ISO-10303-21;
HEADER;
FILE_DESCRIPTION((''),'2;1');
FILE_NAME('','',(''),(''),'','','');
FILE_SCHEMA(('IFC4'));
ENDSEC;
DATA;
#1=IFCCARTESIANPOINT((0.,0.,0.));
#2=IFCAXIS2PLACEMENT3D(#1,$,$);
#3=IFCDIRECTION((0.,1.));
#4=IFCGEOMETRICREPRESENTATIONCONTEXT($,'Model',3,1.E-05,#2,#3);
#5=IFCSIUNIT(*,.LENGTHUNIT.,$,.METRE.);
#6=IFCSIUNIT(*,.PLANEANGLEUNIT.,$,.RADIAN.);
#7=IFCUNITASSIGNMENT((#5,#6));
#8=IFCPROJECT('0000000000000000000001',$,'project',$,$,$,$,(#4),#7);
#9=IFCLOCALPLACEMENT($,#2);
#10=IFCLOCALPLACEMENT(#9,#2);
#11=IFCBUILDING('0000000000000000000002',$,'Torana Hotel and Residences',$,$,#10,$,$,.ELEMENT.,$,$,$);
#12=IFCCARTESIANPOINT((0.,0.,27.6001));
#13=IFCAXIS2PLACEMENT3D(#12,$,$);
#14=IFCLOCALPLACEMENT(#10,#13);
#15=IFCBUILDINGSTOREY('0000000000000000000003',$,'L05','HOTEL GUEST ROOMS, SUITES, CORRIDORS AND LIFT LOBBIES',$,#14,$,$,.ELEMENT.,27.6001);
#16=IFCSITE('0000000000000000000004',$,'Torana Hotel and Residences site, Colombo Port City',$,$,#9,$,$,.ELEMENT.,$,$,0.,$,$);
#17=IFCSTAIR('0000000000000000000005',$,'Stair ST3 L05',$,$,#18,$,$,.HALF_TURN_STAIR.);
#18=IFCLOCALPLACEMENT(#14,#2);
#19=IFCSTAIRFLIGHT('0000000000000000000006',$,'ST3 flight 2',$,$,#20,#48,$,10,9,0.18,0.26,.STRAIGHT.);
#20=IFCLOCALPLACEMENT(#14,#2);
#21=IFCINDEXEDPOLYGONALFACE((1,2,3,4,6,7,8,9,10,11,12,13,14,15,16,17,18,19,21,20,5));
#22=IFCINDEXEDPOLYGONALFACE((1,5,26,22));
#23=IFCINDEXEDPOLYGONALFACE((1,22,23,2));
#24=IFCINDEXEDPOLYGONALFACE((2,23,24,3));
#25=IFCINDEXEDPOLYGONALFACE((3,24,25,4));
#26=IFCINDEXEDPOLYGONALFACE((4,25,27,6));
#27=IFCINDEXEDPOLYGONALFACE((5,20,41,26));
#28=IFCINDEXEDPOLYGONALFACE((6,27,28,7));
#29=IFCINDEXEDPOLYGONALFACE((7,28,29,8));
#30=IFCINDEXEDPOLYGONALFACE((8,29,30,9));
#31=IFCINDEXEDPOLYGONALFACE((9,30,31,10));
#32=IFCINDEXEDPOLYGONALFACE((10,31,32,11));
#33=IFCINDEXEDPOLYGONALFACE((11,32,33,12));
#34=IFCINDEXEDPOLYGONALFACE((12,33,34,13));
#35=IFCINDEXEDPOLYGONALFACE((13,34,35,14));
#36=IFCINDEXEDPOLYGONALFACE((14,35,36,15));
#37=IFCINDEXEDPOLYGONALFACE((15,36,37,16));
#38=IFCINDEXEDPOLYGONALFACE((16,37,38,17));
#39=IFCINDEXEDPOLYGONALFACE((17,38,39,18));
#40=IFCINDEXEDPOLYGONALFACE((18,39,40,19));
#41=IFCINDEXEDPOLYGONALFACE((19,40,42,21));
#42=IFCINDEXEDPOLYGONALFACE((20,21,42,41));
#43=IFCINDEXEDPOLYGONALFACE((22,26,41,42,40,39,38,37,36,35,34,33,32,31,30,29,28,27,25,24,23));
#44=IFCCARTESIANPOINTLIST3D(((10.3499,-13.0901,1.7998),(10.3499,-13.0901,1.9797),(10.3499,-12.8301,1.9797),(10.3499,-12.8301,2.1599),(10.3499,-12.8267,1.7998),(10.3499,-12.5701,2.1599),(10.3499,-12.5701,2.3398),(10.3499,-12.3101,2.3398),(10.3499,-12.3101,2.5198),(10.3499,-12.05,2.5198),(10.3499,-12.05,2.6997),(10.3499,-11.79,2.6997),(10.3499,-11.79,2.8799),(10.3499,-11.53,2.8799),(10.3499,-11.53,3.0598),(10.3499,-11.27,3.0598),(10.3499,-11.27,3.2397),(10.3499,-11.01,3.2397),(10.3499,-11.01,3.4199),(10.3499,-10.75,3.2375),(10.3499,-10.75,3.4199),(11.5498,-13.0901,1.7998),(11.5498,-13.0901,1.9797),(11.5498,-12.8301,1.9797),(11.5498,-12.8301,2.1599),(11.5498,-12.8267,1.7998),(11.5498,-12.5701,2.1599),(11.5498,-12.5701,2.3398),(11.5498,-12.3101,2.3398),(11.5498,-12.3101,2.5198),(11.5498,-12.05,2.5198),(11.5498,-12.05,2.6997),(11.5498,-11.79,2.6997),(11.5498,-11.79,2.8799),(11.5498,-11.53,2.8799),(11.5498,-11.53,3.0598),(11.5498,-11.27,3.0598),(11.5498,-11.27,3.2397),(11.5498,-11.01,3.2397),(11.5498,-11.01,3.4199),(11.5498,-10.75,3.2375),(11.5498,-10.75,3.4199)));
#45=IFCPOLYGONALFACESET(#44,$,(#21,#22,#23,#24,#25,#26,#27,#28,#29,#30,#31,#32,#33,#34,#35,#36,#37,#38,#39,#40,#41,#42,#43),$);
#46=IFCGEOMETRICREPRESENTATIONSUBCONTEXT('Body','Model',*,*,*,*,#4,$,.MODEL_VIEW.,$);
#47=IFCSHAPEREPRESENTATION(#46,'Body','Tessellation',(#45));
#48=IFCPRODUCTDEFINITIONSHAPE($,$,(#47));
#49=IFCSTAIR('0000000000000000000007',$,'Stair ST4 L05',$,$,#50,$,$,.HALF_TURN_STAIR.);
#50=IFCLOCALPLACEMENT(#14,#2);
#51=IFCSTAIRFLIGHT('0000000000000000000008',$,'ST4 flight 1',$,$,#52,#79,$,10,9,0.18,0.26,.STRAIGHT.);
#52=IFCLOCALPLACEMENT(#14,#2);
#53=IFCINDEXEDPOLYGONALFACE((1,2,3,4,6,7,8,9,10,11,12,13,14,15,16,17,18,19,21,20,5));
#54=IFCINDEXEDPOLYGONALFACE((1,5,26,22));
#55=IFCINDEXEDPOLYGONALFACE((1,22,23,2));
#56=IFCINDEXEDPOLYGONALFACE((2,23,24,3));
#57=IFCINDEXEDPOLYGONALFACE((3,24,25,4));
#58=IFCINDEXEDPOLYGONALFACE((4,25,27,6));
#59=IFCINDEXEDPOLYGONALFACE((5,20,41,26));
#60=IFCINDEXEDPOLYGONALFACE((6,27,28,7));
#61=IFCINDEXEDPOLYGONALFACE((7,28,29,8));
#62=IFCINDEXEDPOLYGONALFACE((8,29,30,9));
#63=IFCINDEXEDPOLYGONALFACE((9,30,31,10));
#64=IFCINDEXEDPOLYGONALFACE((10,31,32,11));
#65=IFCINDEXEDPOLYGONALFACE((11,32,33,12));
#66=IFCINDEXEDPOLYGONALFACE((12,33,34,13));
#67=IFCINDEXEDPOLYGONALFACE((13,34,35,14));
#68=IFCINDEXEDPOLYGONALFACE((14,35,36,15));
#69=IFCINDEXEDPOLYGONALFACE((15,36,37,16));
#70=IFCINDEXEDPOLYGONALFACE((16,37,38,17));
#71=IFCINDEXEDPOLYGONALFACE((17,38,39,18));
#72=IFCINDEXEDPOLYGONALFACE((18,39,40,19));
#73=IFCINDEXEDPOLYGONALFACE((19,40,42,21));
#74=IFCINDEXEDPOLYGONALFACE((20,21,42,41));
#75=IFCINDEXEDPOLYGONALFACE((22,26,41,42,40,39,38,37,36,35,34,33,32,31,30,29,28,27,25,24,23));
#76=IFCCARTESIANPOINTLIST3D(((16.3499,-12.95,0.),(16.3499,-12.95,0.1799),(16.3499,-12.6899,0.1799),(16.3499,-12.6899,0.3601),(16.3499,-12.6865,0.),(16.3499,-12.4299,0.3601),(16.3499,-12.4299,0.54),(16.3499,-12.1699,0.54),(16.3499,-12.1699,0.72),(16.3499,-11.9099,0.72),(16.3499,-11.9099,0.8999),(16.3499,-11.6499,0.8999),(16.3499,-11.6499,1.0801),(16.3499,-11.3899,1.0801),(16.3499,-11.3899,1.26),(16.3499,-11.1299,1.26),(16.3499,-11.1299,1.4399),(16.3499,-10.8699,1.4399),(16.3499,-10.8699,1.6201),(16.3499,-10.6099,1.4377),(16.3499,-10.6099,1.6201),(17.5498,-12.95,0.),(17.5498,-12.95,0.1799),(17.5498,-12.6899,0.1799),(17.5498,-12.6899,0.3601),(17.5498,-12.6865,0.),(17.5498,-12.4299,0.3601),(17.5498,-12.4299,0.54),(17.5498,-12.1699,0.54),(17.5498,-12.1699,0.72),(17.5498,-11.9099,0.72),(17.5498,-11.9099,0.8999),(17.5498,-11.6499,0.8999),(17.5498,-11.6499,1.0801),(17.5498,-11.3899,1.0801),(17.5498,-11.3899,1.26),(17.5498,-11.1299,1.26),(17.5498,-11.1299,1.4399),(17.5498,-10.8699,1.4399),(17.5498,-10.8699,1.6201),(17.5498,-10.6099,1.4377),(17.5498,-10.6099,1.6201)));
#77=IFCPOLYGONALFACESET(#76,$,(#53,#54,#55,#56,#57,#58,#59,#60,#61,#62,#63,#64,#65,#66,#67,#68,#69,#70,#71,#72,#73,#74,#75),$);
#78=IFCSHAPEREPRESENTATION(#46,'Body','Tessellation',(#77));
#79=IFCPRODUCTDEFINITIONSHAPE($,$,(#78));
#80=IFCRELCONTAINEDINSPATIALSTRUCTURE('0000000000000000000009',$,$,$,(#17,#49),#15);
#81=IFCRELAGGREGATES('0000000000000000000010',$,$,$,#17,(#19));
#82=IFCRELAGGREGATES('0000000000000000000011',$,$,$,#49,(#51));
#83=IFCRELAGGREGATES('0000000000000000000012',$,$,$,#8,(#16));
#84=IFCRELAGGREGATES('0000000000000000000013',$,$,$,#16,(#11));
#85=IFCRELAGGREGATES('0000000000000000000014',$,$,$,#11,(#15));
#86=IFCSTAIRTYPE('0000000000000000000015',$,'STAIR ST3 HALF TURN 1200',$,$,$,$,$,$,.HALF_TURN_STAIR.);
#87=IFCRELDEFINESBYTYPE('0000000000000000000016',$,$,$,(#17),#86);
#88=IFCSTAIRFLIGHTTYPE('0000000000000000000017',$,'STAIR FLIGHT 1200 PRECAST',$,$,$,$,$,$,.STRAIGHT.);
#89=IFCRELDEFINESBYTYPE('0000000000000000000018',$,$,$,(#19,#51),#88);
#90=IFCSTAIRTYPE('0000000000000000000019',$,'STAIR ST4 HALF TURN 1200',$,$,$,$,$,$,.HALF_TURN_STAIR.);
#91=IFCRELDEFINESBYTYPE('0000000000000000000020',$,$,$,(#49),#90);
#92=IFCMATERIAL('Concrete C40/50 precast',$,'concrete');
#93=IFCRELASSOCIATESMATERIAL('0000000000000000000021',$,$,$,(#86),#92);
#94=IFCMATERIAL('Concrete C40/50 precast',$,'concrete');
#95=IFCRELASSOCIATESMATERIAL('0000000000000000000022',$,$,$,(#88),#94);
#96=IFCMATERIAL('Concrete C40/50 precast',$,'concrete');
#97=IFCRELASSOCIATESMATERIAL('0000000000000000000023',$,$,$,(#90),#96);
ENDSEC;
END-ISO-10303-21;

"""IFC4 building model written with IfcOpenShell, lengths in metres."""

from ifc_helpers import new_model, si_unit, direction, frame, origin, place, context, subcontext, project, spatial, polyline, outline, extrude, material, type_object, element, aggregate, save


model = new_model("IFC4")

# Units and contexts
model_context = context("Model", 3, precision=1e-05, world=origin(), true_north=direction((0.0, 1.0)))
body_context = subcontext(model_context, "Body", "Model", "MODEL_VIEW")
ifc_project = project(units=[si_unit("LENGTHUNIT", "METRE"), si_unit("PLANEANGLEUNIT", "RADIAN")], contexts=[model_context])

# Site, building, storey
site_placement = place(None, origin())
site = spatial("IfcSite", under=ifc_project, at=site_placement, Name="Torana Hotel and Residences site, Colombo Port City", CompositionType="ELEMENT", RefElevation=0.0)
building_placement = place(site_placement, origin())
building = spatial("IfcBuilding", under=site, at=building_placement, Name="Torana Hotel and Residences", CompositionType="ELEMENT")
storey_placement = place(building_placement, frame((0.0, 0.0, 27.6001)))
storey = spatial("IfcBuildingStorey", under=building, at=storey_placement, Name="L05", Description="HOTEL GUEST ROOMS, SUITES, CORRIDORS AND LIFT LOBBIES", CompositionType="ELEMENT", Elevation=27.6001)

# Stairs, stair flights
ifc_material_1 = material(Name="Concrete C40/50 precast", Category="concrete")
stair_type_1 = type_object("IfcStairType", Name="STAIR ST3 HALF TURN 1200", PredefinedType="HALF_TURN_STAIR", material=ifc_material_1)
stair_1_placement = place(storey_placement, origin())
stair_1 = element("IfcStair", 1, at=stair_1_placement, inside=storey, type_object=stair_type_1, Name="Stair ST3 L05", PredefinedType="HALF_TURN_STAIR")
ifc_material_2 = material(Name="Concrete C40/50 precast", Category="concrete")
stair_flight_type = type_object("IfcStairFlightType", Name="STAIR FLIGHT 1200 PRECAST", PredefinedType="STRAIGHT", material=ifc_material_2)
stair_flight_1_placement = place(storey_placement, frame((10.95, -13.0901, 1.7998), z_axis=(0.0, 0.0, 1.0), x_axis=(0.0, 1.0, 0.0)))
stair_flight_1 = element("IfcStairFlight", 2, at=stair_flight_1_placement, type_object=stair_flight_type, Name="ST3 flight 2", NumberOfRisers=10, NumberOfTreads=9, PredefinedType="STRAIGHT", RiserHeight=0.18, TreadLength=0.26, context=body_context, shape_type="SweptSolid", body=[
    extrude(outline(polyline([(0.0, 0.0), (0.0, 0.1799), (0.26, 0.1799), (0.26, 0.3601), (0.52, 0.3601), (0.52, 0.54), (0.78, 0.54), (0.78, 0.72), (1.04, 0.72), (1.04, 0.8999), (1.3, 0.8999), (1.3, 1.0801), (1.5601, 1.0801), (1.5601, 1.26), (1.8201, 1.26), (1.8201, 1.4399), (2.0801, 1.4399), (2.0801, 1.6201), (2.3401, 1.6201), (2.3401, 1.8), (2.3401, 1.4377), (0.2634, 0.0), (0.0, 0.0)])), frame((0.0, 0.6001, 0.0), z_axis=(0.0, -1.0, 0.0), x_axis=(1.0, 0.0, 0.0)), (0.0, 0.0, 1.0), 1.2),
])
aggregate(stair_1, [stair_flight_1])
ifc_material_3 = material(Name="Concrete C40/50 precast", Category="concrete")
stair_type_2 = type_object("IfcStairType", Name="STAIR ST4 HALF TURN 1200", PredefinedType="HALF_TURN_STAIR", material=ifc_material_3)
stair_2_placement = place(storey_placement, origin())
stair_2 = element("IfcStair", 3, at=stair_2_placement, inside=storey, type_object=stair_type_2, Name="Stair ST4 L05", PredefinedType="HALF_TURN_STAIR")
stair_flight_2_placement = place(storey_placement, frame((16.95, -12.95, 0.0), z_axis=(0.0, 0.0, 1.0), x_axis=(0.0, 1.0, 0.0)))
stair_flight_2 = element("IfcStairFlight", 4, at=stair_flight_2_placement, type_object=stair_flight_type, Name="ST4 flight 1", NumberOfRisers=10, NumberOfTreads=9, PredefinedType="STRAIGHT", RiserHeight=0.18, TreadLength=0.26, context=body_context, shape_type="SweptSolid", body=[
    extrude(outline(polyline([(0.0, 0.0), (0.0, 0.1799), (0.26, 0.1799), (0.26, 0.3601), (0.52, 0.3601), (0.52, 0.54), (0.78, 0.54), (0.78, 0.72), (1.04, 0.72), (1.04, 0.8999), (1.3, 0.8999), (1.3, 1.0801), (1.5601, 1.0801), (1.5601, 1.26), (1.8201, 1.26), (1.8201, 1.4399), (2.0801, 1.4399), (2.0801, 1.6201), (2.3401, 1.6201), (2.3401, 1.8), (2.3401, 1.4377), (0.2634, 0.0), (0.0, 0.0)])), frame((0.0, 0.6001, 0.0), z_axis=(0.0, -1.0, 0.0), x_axis=(1.0, 0.0, 0.0)), (0.0, 0.0, 1.0), 1.2),
])
aggregate(stair_2, [stair_flight_2])

save(model, "model.ifc")
